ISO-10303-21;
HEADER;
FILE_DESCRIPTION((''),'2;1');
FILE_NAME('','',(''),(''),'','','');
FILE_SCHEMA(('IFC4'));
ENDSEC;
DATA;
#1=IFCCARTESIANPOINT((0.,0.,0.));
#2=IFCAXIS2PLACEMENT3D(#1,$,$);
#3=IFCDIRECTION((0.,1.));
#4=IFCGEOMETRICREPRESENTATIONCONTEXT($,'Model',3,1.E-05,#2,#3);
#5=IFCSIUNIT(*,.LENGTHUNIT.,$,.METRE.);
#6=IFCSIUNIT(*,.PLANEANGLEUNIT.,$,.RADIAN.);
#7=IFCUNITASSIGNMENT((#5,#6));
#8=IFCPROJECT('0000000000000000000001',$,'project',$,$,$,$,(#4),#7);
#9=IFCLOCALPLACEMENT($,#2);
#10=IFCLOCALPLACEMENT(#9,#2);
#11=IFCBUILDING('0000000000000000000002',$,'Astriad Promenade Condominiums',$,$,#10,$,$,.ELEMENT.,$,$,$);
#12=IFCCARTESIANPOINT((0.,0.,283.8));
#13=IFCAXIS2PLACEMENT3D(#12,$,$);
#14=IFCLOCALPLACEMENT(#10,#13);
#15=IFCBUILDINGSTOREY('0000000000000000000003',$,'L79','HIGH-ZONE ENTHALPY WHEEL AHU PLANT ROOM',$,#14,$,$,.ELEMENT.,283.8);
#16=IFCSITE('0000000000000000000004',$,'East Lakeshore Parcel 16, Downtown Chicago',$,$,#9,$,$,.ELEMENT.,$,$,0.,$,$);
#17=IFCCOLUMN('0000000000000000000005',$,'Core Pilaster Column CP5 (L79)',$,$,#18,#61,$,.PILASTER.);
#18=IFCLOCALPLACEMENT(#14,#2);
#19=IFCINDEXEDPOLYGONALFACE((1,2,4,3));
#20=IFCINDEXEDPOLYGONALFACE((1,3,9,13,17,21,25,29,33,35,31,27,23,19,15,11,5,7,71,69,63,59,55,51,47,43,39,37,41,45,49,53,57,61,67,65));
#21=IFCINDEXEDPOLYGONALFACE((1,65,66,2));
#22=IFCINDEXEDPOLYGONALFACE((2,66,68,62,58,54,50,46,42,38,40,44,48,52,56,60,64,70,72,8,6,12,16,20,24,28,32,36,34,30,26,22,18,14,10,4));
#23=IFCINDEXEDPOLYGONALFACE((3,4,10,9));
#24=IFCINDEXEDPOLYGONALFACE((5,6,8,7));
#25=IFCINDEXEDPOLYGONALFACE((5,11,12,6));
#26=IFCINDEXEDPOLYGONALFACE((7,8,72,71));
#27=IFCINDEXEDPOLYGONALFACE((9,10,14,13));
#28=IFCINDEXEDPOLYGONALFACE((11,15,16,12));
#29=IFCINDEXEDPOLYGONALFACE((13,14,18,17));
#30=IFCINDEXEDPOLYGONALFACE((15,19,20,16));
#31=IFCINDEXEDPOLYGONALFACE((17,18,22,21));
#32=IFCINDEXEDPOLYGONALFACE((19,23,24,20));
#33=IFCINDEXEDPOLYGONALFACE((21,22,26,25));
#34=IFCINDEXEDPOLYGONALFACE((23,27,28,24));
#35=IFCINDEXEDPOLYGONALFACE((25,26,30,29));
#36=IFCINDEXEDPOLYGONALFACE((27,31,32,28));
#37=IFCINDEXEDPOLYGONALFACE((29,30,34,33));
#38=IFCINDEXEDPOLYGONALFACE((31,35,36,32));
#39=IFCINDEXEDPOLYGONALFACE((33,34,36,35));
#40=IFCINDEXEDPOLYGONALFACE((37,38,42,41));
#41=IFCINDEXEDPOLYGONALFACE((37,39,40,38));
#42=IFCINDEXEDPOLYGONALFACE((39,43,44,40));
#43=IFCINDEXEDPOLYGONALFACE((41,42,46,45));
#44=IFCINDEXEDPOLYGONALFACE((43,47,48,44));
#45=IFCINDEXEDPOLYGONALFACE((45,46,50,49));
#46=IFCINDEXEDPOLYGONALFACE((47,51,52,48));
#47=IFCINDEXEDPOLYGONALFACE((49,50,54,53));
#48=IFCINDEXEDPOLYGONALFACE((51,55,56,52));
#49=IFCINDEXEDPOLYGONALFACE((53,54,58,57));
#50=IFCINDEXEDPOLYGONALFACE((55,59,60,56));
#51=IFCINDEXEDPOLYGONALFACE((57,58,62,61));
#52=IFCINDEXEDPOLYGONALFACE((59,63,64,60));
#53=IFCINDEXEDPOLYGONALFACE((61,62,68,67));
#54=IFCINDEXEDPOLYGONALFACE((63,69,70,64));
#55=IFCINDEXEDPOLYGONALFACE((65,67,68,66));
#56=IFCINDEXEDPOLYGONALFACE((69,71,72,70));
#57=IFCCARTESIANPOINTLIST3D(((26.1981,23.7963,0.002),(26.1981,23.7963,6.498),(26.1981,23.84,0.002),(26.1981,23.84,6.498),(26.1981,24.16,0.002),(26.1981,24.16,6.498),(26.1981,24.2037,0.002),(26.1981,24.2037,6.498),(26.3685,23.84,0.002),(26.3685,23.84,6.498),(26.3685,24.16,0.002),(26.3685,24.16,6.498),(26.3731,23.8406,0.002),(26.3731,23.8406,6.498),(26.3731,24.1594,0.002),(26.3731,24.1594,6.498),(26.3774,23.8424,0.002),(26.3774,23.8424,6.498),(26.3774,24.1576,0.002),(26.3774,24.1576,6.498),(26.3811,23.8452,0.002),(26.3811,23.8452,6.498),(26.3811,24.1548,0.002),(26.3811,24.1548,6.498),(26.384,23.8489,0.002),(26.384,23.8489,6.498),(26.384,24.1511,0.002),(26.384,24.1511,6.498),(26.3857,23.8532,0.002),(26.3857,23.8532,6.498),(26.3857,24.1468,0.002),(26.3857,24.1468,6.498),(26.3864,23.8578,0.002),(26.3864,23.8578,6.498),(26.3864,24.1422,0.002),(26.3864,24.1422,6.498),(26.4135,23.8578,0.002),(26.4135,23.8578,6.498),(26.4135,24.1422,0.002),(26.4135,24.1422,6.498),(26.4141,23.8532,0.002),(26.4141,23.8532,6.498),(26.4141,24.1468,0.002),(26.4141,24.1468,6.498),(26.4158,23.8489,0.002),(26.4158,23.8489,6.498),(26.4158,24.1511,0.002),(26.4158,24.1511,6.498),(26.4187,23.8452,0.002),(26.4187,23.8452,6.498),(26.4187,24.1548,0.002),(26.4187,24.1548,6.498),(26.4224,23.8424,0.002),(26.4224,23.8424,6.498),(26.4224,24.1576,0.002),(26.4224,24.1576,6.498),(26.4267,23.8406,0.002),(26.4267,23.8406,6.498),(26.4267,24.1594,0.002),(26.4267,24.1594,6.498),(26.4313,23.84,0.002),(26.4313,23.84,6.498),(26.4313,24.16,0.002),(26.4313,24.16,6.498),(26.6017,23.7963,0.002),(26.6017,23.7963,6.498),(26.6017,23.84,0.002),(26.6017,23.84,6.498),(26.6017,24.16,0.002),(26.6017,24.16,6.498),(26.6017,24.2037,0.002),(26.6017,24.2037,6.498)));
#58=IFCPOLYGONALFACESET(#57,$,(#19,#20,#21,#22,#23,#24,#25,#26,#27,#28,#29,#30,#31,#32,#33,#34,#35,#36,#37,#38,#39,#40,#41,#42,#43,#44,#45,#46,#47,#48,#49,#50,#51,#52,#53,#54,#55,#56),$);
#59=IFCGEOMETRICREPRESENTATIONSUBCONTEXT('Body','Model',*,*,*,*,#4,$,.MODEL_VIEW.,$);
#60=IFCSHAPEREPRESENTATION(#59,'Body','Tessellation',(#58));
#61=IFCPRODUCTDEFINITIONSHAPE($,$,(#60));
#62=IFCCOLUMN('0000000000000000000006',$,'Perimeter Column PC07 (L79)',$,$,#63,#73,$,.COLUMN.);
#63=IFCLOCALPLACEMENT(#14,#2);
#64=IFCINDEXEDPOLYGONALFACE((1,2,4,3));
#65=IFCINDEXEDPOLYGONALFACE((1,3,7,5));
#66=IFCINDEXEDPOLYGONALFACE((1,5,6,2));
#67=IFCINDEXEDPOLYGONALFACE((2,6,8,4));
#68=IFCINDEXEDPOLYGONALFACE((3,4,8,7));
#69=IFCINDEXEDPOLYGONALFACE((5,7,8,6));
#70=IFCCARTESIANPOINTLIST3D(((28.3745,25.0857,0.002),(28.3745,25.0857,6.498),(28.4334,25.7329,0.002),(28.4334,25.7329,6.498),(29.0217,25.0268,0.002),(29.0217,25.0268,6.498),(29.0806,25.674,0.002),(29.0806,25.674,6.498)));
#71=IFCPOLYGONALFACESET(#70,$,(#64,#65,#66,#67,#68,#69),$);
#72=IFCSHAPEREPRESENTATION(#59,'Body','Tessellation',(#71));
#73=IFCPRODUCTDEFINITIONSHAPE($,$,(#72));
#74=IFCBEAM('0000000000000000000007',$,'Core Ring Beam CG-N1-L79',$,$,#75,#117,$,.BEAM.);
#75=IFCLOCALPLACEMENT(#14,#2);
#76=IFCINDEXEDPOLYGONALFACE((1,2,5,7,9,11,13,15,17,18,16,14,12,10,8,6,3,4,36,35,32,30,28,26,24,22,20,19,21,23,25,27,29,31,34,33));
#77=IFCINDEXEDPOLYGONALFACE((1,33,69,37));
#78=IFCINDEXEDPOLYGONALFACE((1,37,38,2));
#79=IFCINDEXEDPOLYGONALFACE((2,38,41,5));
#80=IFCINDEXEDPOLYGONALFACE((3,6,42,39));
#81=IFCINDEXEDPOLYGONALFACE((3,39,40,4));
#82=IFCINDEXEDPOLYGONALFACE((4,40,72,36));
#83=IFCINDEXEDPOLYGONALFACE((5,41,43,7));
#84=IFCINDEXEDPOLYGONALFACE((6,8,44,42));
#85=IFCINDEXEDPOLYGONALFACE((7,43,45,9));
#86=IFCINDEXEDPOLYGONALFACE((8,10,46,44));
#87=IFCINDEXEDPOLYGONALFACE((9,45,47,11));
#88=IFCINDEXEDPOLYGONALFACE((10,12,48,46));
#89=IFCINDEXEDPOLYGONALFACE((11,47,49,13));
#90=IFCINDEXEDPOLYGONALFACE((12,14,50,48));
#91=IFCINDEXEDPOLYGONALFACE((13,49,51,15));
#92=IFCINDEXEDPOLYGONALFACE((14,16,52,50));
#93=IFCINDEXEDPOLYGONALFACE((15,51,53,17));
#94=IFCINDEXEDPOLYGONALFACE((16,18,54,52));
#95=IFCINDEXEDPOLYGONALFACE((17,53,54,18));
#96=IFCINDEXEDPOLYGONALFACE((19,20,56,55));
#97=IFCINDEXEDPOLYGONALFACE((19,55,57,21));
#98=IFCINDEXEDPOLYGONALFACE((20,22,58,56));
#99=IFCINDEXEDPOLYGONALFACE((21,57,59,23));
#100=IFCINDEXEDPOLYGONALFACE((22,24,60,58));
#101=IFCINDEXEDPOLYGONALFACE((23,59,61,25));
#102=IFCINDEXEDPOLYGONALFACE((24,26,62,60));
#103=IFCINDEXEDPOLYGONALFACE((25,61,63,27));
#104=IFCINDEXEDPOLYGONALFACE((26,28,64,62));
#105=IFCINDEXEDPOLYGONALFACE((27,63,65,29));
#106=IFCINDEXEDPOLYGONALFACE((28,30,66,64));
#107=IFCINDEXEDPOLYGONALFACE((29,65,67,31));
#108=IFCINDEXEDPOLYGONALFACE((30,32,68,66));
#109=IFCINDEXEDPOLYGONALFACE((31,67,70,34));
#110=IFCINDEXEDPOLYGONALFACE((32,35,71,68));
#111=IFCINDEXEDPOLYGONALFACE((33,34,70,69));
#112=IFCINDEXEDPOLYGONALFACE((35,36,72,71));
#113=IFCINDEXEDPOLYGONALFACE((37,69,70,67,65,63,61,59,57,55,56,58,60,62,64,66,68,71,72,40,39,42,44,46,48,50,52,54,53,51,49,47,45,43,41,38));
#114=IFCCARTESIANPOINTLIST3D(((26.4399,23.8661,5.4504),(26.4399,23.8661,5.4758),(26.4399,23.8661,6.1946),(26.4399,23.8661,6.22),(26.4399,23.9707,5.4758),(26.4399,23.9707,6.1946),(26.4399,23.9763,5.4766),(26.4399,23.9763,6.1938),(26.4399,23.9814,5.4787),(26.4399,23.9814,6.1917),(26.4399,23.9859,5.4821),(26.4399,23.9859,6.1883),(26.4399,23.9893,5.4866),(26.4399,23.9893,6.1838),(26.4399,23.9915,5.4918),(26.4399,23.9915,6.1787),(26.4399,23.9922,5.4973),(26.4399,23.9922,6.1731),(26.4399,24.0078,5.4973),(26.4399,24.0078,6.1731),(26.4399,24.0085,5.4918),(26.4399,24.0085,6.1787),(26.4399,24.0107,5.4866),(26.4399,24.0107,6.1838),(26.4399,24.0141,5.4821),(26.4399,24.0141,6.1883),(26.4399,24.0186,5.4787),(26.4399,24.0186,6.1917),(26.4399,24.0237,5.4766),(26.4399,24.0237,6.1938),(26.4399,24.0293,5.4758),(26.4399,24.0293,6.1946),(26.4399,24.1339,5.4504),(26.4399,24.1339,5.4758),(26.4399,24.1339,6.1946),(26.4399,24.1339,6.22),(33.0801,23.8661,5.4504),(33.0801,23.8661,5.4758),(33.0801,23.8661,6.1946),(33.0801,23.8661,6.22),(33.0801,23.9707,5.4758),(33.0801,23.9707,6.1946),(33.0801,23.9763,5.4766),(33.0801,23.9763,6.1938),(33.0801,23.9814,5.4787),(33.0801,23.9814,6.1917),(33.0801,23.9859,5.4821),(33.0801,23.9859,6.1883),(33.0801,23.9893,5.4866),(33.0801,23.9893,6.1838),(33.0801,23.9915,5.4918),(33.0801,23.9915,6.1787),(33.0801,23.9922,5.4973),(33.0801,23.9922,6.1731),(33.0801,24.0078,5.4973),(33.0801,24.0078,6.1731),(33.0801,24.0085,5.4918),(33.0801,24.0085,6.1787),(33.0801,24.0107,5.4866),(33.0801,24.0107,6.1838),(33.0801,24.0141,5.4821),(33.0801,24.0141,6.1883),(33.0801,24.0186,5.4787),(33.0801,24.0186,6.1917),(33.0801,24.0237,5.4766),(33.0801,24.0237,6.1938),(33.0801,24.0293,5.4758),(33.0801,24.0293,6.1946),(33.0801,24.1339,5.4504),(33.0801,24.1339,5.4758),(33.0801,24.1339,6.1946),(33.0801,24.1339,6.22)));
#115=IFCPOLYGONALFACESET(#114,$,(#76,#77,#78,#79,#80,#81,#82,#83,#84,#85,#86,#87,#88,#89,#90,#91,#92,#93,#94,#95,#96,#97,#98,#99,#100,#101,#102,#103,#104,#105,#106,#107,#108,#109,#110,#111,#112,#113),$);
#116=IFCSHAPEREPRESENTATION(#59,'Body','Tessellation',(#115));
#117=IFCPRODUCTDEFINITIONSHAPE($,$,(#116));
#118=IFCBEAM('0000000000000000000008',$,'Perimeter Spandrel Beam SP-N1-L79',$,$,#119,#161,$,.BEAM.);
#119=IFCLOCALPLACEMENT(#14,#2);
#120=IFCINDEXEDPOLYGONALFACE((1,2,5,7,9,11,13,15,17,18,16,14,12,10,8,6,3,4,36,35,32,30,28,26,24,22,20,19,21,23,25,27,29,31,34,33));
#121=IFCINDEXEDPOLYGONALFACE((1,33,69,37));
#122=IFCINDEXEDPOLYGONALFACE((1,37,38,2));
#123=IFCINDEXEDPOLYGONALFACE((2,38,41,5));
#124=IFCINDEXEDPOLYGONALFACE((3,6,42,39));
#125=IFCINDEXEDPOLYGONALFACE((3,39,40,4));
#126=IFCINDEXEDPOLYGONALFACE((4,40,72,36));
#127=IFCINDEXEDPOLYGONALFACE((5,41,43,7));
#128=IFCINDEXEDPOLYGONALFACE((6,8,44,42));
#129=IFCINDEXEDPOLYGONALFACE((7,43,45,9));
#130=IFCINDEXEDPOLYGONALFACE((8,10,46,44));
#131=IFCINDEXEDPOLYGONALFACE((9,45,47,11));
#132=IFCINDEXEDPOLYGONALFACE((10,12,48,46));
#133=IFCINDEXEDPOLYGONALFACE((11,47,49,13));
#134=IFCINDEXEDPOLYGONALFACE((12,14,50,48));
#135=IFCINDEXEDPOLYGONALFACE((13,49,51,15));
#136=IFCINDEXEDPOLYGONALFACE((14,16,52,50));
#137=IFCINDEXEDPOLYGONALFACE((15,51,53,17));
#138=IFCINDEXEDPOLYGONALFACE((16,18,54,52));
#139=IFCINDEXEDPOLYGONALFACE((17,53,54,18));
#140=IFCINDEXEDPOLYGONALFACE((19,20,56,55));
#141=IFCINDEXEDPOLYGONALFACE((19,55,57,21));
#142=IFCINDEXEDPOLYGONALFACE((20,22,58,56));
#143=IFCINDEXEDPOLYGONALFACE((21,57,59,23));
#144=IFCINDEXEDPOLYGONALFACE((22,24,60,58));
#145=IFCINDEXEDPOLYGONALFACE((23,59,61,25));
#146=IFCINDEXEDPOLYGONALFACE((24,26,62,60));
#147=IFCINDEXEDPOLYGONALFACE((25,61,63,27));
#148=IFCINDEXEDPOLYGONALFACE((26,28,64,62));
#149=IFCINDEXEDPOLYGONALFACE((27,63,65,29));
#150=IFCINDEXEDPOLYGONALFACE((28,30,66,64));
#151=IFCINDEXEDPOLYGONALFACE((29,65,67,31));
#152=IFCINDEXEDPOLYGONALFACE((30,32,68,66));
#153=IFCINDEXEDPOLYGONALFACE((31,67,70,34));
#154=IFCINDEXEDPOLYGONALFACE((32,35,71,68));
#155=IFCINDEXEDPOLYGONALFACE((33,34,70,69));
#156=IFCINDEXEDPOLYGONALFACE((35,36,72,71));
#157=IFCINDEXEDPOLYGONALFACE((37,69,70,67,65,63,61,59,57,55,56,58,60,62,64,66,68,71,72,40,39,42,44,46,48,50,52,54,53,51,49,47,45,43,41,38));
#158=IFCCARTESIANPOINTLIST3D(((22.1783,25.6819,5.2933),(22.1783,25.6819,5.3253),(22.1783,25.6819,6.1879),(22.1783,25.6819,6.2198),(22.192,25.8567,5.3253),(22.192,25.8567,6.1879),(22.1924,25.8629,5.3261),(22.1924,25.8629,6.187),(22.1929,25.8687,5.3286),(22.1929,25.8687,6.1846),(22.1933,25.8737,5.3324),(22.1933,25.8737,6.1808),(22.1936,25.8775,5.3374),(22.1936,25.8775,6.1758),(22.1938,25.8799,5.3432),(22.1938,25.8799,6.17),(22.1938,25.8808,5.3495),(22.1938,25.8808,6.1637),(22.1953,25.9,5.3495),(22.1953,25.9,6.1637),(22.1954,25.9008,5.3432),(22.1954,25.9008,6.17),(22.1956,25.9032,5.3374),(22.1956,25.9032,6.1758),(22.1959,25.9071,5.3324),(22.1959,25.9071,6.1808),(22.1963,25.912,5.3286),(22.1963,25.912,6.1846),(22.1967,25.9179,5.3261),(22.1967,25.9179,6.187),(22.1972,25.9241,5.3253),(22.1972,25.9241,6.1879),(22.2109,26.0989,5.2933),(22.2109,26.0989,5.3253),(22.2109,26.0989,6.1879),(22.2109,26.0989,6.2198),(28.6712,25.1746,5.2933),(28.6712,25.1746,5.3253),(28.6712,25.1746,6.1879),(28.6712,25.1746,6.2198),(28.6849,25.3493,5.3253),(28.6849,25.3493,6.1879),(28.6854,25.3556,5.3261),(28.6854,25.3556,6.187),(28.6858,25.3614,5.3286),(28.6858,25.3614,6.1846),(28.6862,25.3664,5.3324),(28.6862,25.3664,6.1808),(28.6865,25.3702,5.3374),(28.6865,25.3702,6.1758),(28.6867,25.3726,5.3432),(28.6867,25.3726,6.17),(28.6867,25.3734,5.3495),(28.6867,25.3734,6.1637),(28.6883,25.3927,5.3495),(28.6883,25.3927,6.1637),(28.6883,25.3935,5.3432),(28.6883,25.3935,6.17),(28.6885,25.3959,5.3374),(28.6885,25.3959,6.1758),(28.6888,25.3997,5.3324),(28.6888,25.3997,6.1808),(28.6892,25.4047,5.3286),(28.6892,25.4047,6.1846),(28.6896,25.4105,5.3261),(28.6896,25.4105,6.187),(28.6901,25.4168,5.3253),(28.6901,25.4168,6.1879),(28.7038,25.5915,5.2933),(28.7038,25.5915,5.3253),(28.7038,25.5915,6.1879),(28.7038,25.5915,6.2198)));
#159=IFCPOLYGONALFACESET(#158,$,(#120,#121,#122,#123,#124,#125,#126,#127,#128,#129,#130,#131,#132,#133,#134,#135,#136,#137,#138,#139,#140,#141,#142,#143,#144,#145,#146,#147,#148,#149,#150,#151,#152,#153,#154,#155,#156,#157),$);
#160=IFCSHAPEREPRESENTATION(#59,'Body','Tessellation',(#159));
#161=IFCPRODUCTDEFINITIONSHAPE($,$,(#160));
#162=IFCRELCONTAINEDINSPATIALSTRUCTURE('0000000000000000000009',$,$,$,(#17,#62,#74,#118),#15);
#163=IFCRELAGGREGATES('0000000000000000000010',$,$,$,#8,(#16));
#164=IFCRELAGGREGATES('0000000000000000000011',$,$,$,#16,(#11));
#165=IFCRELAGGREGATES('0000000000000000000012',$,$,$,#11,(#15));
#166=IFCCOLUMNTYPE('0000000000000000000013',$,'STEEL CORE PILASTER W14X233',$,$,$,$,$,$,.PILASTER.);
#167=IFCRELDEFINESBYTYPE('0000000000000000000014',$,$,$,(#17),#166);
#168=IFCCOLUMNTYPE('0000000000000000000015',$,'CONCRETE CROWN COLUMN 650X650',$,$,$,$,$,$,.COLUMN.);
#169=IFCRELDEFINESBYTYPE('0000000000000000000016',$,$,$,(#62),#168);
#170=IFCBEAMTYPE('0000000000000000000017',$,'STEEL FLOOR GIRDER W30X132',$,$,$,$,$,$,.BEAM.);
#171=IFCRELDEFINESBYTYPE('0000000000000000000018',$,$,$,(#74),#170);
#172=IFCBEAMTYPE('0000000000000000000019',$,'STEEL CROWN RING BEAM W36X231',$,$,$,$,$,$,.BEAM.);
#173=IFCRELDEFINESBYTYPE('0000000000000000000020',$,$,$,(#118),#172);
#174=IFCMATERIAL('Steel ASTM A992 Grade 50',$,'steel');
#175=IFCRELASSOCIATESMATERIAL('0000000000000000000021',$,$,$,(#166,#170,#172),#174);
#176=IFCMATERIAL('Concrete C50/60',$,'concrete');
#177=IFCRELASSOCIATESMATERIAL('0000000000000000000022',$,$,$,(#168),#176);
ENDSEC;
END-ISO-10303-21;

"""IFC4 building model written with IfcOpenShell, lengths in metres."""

from ifc_helpers import new_model, si_unit, direction, frame, origin, origin_2d, place, context, subcontext, project, spatial, rectangle, i_section, extrude, source, transform, mapped, material, material_profile, profile_set, type_object, type_shapes, element, save


model = new_model("IFC4")

# Units and contexts
model_context = context("Model", 3, precision=1e-05, world=origin(), true_north=direction((0.0, 1.0)))
body_context = subcontext(model_context, "Body", "Model", "MODEL_VIEW")
ifc_project = project(units=[si_unit("LENGTHUNIT", "METRE"), si_unit("PLANEANGLEUNIT", "RADIAN")], contexts=[model_context])

# Site, building, storey
site_placement = place(None, origin())
site = spatial("IfcSite", under=ifc_project, at=site_placement, Name="East Lakeshore Parcel 16, Downtown Chicago", CompositionType="ELEMENT", RefElevation=0.0)
building_placement = place(site_placement, origin())
building = spatial("IfcBuilding", under=site, at=building_placement, Name="Astriad Promenade Condominiums", CompositionType="ELEMENT")
storey_placement = place(building_placement, frame((0.0, 0.0, 283.8)))
storey = spatial("IfcBuildingStorey", under=building, at=storey_placement, Name="L79", Description="HIGH-ZONE ENTHALPY WHEEL AHU PLANT ROOM", CompositionType="ELEMENT", Elevation=283.8)

# Columns
ifc_material_1 = material(Name="Steel ASTM A992 Grade 50", Category="steel")
ifc_material_profile_1 = material_profile(ifc_material_1, i_section(OverallWidth=0.4036, OverallDepth=0.4075, WebThickness=0.0271, FlangeThickness=0.0437, FilletRadius=0.0178, at=origin_2d()), Name="W14X233")
ifc_profile_set_1 = profile_set([ifc_material_profile_1], Name="Steel ASTM A992 Grade 50")
column_type_1 = type_object("IfcColumnType", Name="STEEL CORE PILASTER W14X233", PredefinedType="PILASTER", material=ifc_profile_set_1)
shared_shape_1 = source(origin(), body_context, "Body", "SweptSolid", [
    extrude(i_section(OverallWidth=0.4036, OverallDepth=0.4075, WebThickness=0.0271, FlangeThickness=0.0437, FilletRadius=0.0178, at=origin_2d()), origin(), (0.0, 0.0, 1.0), 6.4961),
])
type_shapes(column_type_1, [shared_shape_1])
column_1_placement = place(storey_placement, frame((26.3999, 24.0, 0.002), z_axis=(0.0, 0.0, 1.0), x_axis=(1.0, 0.0, 0.0)))
element("IfcColumn", 1, at=column_1_placement, inside=storey, type_object=column_type_1, Name="Core Pilaster Column CP5 (L79)", PredefinedType="PILASTER", context=body_context, shape_type="MappedRepresentation", body=[
    mapped(shared_shape_1, transform((0.0, 0.0, 0.0), scale=1.0)),
])
ifc_material_2 = material(Name="Concrete C50/60", Category="concrete")
ifc_material_profile_2 = material_profile(ifc_material_2, rectangle(XDim=0.6499, YDim=0.6499, at=origin_2d()), Name="RC-COL-650X650")
ifc_profile_set_2 = profile_set([ifc_material_profile_2], Name="Concrete C50/60")
column_type_2 = type_object("IfcColumnType", Name="CONCRETE CROWN COLUMN 650X650", PredefinedType="COLUMN", material=ifc_profile_set_2)
shared_shape_2 = source(origin(), body_context, "Body", "SweptSolid", [
    extrude(rectangle(XDim=0.6499, YDim=0.6499, at=origin_2d()), origin(), (0.0, 0.0, 1.0), 6.4961),
])
type_shapes(column_type_2, [shared_shape_2])
column_2_placement = place(storey_placement, frame((28.7275, 25.3799, 0.002), z_axis=(0.0, 0.0, 1.0), x_axis=(0.995884, -0.090633, 0.0)))
element("IfcColumn", 2, at=column_2_placement, inside=storey, type_object=column_type_2, Name="Perimeter Column PC07 (L79)", PredefinedType="COLUMN", context=body_context, shape_type="MappedRepresentation", body=[
    mapped(shared_shape_2, transform((0.0, 0.0, 0.0), scale=1.0)),
])

# Beams
ifc_material_profile_3 = material_profile(ifc_material_1, i_section(OverallWidth=0.2678, OverallDepth=0.7695, WebThickness=0.0156, FlangeThickness=0.0254, FilletRadius=0.0215, at=origin_2d()), Name="W30X132")
ifc_profile_set_3 = profile_set([ifc_material_profile_3], Name="Steel ASTM A992 Grade 50")
beam_type_1 = type_object("IfcBeamType", Name="STEEL FLOOR GIRDER W30X132", PredefinedType="BEAM", material=ifc_profile_set_3)
shared_shape_3 = source(origin(), body_context, "Body", "SweptSolid", [
    extrude(i_section(OverallWidth=0.2678, OverallDepth=0.7695, WebThickness=0.0156, FlangeThickness=0.0254, FilletRadius=0.0215, at=origin_2d()), origin(), (0.0, 0.0, 1.0), 6.6401),
])
type_shapes(beam_type_1, [shared_shape_3])
beam_1_placement = place(storey_placement, frame((26.4399, 24.0, 5.8352), z_axis=(1.0, 0.0, 0.0), x_axis=(0.0, 1.0, 0.0)))
element("IfcBeam", 3, at=beam_1_placement, inside=storey, type_object=beam_type_1, Name="Core Ring Beam CG-N1-L79", PredefinedType="BEAM", context=body_context, shape_type="MappedRepresentation", body=[
    mapped(shared_shape_3, transform((0.0, 0.0, 0.0), scale=1.0)),
])
ifc_material_profile_4 = material_profile(ifc_material_1, i_section(OverallWidth=0.4182, OverallDepth=0.9265, WebThickness=0.0193, FlangeThickness=0.032, FilletRadius=0.0242, at=origin_2d()), Name="W36X231")
ifc_profile_set_4 = profile_set([ifc_material_profile_4], Name="Steel ASTM A992 Grade 50")
beam_type_2 = type_object("IfcBeamType", Name="STEEL CROWN RING BEAM W36X231", PredefinedType="BEAM", material=ifc_profile_set_4)
shared_shape_4 = source(origin(), body_context, "Body", "SweptSolid", [
    extrude(i_section(OverallWidth=0.4182, OverallDepth=0.9265, WebThickness=0.0193, FlangeThickness=0.032, FilletRadius=0.0242, at=origin_2d()), origin(), (0.0, 0.0, 1.0), 6.5127),
])
type_shapes(beam_type_2, [shared_shape_4])
beam_2_placement = place(storey_placement, frame((28.6875, 25.3831, 5.7566), z_axis=(-0.996961, 0.077898, 0.0), x_axis=(-0.077898, -0.996961, 0.0)))
element("IfcBeam", 4, at=beam_2_placement, inside=storey, type_object=beam_type_2, Name="Perimeter Spandrel Beam SP-N1-L79", PredefinedType="BEAM", context=body_context, shape_type="MappedRepresentation", body=[
    mapped(shared_shape_4, transform((0.0, 0.0, 0.0), scale=1.0)),
])

save(model, "model.ifc")
